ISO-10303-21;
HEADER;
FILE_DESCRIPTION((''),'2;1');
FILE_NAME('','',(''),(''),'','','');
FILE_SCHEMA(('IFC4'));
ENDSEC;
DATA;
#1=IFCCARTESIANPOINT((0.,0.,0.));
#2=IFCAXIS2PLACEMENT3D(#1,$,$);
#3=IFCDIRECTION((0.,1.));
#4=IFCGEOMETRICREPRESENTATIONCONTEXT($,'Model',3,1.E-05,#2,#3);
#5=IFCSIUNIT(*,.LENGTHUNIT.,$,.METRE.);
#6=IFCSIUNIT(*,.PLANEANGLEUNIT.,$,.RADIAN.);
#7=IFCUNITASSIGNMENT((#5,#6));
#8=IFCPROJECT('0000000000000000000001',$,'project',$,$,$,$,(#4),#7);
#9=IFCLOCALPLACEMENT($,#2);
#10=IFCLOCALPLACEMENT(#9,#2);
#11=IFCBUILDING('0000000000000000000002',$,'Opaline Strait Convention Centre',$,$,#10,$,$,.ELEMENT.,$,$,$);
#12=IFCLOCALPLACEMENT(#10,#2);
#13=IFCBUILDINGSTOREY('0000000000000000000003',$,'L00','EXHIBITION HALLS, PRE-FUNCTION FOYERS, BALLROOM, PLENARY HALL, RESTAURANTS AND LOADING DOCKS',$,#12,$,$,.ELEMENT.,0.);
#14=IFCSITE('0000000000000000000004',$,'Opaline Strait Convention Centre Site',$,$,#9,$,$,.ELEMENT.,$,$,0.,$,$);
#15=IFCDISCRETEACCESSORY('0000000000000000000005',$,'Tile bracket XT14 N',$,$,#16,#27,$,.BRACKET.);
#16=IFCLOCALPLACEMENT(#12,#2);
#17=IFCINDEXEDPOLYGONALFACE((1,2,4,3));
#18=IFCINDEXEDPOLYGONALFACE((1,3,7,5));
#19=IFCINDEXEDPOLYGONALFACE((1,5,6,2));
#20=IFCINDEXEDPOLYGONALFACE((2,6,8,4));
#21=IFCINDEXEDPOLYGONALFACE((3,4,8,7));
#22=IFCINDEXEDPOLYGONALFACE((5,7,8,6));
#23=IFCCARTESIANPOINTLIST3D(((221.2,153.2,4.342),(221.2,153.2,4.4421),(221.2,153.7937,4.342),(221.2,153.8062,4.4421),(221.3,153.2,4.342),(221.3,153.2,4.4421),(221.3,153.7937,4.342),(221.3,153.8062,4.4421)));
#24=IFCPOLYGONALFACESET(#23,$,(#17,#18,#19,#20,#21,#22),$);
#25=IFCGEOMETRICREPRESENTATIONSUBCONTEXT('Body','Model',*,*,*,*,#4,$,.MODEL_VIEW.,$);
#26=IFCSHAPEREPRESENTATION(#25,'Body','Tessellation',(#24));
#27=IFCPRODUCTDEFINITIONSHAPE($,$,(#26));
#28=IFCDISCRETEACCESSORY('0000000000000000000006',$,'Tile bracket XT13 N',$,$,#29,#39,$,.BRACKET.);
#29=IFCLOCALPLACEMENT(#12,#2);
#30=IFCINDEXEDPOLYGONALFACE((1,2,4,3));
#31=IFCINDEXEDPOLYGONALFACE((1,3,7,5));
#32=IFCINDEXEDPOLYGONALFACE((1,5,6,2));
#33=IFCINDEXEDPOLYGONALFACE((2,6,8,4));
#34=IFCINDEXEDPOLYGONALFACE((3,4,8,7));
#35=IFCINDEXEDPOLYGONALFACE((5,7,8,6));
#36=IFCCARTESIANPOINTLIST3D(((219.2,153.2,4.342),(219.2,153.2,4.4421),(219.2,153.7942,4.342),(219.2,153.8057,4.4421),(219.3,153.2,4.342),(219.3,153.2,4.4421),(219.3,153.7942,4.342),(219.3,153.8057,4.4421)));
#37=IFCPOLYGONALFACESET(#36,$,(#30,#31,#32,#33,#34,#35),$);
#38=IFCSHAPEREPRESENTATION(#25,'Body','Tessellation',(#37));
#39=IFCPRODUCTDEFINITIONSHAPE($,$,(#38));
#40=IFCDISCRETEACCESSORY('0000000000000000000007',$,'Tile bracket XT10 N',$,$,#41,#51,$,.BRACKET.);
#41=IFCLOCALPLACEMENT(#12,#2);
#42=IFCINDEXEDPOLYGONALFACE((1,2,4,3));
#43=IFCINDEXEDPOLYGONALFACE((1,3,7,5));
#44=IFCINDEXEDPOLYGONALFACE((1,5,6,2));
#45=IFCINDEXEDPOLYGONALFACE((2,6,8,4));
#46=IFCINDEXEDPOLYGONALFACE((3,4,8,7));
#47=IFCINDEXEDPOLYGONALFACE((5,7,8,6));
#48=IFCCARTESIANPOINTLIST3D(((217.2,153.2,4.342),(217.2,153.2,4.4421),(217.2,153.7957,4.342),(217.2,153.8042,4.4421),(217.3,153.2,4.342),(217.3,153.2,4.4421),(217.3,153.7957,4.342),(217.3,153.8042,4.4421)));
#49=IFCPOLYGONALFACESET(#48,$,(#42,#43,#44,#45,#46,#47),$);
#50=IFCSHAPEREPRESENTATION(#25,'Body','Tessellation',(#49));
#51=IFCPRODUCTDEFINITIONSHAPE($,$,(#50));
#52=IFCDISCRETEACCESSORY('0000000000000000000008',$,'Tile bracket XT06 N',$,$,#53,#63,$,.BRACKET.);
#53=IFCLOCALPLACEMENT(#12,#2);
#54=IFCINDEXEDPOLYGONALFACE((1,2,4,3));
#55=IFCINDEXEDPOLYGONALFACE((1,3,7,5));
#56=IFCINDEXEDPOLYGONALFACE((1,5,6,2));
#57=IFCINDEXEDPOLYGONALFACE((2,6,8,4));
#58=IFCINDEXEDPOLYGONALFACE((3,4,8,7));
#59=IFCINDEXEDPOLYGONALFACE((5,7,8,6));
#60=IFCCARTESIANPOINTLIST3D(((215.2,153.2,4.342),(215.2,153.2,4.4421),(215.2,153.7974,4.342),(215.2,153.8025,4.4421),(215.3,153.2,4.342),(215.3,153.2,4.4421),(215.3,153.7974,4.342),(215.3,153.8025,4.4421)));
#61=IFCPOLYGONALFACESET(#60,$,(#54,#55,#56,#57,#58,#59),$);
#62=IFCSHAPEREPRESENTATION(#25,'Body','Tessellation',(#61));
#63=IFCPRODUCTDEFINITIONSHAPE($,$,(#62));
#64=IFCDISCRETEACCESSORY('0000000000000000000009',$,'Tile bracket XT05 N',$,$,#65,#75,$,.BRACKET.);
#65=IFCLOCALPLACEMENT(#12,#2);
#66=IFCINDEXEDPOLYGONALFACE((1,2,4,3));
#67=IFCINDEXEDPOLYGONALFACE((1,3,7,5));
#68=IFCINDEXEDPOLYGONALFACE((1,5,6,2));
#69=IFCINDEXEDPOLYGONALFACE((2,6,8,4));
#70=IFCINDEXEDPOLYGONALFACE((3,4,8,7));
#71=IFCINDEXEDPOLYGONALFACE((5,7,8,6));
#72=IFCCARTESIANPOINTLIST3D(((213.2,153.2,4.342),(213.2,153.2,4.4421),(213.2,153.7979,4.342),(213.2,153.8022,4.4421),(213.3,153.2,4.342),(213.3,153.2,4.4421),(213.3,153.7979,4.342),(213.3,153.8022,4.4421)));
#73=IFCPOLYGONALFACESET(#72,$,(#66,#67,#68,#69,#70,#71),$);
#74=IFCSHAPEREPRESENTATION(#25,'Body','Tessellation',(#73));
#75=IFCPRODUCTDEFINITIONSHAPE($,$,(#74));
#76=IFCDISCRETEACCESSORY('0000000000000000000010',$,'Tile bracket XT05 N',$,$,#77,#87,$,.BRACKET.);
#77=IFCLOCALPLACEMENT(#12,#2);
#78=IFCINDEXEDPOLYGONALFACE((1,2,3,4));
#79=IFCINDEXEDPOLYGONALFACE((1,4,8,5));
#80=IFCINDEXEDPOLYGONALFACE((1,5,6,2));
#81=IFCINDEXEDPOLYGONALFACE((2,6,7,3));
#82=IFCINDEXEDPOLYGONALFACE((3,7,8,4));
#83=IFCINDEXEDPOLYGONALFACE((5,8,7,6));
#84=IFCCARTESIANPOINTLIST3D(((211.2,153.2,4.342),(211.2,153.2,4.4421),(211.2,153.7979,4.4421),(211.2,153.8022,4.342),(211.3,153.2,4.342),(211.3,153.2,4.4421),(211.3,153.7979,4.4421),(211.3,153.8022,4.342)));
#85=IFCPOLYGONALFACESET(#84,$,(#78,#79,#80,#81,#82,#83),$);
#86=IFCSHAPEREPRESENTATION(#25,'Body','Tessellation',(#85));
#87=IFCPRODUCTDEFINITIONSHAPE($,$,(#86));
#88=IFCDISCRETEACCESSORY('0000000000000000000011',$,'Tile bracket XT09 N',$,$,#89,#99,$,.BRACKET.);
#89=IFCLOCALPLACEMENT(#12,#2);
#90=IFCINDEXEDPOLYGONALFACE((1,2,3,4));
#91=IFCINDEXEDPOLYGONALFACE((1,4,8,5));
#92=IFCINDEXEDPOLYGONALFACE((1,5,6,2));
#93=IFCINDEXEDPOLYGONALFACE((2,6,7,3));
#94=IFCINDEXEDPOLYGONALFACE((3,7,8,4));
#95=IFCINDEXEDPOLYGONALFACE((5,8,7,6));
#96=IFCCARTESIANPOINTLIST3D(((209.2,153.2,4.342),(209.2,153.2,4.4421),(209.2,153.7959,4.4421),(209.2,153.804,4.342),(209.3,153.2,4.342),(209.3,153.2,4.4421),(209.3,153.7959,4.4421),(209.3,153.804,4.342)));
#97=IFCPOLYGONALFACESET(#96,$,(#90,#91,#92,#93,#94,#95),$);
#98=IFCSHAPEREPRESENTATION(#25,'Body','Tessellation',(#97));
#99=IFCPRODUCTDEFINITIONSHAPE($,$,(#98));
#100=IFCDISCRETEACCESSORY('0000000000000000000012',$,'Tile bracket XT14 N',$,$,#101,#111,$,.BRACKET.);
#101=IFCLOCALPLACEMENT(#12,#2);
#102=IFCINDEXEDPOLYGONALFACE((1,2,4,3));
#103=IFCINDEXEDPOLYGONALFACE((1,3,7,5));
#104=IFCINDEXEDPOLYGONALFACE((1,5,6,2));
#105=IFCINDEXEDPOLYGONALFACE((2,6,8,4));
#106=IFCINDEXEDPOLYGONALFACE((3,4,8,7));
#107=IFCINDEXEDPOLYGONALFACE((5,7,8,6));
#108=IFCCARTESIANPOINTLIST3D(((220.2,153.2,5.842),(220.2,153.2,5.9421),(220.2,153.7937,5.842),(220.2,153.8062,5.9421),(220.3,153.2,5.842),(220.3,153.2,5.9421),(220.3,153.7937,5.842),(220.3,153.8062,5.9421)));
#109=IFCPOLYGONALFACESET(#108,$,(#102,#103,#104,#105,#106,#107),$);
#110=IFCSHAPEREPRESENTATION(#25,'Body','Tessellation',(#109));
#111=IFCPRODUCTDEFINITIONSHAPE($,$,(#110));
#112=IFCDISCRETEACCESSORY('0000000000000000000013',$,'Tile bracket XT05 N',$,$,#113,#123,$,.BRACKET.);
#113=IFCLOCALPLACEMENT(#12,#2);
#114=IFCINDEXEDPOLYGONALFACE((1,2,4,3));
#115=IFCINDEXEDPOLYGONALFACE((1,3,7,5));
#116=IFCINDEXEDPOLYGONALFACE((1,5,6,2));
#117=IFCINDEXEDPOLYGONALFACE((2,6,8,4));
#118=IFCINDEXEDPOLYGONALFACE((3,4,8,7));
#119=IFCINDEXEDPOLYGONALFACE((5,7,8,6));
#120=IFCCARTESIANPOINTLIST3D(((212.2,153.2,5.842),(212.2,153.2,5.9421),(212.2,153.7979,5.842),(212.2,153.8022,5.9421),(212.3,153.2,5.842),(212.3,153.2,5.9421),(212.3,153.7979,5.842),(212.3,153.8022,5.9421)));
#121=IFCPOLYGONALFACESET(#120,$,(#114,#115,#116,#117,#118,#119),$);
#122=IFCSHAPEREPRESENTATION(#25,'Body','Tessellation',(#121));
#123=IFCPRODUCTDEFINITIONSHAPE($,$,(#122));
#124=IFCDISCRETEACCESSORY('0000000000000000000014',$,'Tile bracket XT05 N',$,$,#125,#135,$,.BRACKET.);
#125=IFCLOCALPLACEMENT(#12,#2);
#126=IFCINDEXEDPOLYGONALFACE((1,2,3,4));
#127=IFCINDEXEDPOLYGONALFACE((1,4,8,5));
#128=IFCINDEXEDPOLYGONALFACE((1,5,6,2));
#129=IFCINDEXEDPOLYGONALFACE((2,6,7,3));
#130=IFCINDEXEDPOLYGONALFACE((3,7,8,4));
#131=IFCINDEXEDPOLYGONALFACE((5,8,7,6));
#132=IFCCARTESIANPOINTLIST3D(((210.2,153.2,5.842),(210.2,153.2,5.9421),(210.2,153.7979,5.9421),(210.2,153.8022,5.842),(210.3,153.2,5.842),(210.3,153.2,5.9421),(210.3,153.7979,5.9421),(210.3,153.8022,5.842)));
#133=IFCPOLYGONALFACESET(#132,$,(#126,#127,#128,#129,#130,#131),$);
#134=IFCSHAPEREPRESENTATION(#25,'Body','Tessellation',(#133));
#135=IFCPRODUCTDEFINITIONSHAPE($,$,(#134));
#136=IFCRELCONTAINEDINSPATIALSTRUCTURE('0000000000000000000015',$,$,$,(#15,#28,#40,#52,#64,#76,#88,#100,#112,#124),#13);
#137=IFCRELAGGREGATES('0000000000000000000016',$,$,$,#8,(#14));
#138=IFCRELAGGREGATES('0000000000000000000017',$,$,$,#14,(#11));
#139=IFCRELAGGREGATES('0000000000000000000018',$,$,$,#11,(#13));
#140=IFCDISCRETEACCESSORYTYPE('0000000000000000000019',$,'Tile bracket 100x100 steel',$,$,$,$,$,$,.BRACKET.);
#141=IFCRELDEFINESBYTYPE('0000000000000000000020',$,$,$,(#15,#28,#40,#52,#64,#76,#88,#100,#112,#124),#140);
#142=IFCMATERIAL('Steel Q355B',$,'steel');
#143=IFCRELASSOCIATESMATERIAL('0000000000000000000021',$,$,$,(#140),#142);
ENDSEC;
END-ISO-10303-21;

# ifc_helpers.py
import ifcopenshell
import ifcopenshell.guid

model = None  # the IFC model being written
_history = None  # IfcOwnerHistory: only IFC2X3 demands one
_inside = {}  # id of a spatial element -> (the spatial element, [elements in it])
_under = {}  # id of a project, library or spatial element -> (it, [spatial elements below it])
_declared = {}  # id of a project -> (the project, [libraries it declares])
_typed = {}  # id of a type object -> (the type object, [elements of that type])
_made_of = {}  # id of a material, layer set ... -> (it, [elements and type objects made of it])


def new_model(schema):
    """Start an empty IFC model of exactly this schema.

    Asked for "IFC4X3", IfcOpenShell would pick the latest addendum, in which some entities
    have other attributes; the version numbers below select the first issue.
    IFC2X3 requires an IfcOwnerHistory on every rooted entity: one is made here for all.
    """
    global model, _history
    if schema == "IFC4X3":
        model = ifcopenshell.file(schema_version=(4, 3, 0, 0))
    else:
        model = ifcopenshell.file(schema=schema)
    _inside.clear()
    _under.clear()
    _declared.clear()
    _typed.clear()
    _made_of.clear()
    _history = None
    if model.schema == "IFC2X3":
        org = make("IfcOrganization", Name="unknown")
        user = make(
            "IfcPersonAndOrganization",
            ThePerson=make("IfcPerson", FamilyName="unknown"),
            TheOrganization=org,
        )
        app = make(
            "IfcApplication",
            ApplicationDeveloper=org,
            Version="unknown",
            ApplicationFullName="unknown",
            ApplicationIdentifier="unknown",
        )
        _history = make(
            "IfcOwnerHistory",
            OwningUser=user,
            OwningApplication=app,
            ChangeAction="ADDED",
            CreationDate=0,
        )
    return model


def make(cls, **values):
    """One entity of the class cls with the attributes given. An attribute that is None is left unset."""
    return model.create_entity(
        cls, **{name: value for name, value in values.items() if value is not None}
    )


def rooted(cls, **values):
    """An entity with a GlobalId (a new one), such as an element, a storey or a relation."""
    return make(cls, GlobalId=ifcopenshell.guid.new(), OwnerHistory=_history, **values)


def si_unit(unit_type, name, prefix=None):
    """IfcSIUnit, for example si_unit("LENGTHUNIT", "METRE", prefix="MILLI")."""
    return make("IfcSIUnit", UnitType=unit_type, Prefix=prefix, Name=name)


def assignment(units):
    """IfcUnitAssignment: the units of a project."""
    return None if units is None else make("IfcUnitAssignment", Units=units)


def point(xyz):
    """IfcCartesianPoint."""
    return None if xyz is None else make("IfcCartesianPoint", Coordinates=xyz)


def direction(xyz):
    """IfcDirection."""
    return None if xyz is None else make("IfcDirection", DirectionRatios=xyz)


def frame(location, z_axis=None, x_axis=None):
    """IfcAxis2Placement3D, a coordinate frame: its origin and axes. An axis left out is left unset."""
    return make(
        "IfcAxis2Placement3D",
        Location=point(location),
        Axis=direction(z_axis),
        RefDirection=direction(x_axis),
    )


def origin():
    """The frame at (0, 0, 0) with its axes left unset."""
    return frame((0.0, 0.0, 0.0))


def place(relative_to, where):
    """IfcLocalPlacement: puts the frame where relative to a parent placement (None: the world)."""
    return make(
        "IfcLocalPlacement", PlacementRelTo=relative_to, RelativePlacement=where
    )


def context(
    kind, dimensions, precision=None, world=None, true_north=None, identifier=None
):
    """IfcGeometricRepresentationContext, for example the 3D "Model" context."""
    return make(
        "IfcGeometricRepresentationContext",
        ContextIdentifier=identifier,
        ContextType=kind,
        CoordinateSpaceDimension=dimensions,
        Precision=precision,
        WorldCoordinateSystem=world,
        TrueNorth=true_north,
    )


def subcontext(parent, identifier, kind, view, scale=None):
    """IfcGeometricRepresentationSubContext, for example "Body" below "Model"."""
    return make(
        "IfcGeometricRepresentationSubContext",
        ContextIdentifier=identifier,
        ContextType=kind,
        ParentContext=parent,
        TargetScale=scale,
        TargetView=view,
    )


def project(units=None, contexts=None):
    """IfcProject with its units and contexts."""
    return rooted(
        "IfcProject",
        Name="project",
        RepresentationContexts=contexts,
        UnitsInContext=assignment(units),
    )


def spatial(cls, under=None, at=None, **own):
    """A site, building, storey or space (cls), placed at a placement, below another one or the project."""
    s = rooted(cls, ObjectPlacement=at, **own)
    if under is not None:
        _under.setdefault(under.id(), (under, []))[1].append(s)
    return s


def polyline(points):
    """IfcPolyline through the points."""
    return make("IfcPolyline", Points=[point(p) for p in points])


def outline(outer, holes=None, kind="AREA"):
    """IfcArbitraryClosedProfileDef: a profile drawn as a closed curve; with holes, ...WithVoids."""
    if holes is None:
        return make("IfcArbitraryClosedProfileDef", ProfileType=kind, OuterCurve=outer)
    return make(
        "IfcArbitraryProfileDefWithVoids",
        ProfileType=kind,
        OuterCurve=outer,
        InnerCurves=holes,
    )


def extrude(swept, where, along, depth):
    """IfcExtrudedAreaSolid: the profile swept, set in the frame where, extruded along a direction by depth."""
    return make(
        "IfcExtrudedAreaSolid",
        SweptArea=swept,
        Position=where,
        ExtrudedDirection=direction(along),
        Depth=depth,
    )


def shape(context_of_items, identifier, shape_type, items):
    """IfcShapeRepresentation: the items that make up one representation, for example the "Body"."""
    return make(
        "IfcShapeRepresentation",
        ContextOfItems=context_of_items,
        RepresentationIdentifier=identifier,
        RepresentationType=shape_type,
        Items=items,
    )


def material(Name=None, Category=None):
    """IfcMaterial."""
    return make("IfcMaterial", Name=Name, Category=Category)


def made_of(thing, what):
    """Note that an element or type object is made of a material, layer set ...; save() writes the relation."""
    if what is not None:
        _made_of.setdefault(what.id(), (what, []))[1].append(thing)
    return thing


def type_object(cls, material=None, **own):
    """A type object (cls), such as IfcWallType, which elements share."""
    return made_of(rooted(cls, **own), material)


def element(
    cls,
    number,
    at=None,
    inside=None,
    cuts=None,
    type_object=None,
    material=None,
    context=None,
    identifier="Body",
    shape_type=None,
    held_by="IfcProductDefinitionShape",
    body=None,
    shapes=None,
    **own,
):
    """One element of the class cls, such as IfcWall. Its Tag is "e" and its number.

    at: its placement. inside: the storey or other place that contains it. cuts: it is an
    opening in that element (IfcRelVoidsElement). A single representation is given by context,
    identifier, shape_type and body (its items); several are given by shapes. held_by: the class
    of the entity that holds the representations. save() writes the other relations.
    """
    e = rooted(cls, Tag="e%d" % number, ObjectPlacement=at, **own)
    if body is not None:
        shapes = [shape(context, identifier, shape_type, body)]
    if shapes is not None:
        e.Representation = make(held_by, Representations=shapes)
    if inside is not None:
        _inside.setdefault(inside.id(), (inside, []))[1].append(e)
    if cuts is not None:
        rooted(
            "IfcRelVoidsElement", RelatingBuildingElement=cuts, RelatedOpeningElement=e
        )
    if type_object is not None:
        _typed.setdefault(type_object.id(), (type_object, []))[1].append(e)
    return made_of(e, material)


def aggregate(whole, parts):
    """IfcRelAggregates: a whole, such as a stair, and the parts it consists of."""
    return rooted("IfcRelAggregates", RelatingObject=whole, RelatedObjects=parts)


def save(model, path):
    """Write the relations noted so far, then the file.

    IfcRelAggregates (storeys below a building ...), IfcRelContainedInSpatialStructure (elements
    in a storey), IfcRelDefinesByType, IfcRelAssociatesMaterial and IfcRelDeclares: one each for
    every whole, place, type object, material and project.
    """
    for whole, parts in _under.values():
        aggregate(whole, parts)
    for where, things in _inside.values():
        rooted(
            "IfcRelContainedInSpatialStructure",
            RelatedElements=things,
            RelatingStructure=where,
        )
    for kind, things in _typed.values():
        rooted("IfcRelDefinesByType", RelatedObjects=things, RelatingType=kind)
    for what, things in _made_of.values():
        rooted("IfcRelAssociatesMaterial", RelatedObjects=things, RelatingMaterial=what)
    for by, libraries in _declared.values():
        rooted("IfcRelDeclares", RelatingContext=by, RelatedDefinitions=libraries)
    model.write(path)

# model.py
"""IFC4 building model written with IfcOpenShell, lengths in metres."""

from ifc_helpers import new_model, si_unit, direction, frame, origin, place, context, subcontext, project, spatial, polyline, outline, extrude, material, type_object, element, save


model = new_model("IFC4")

# Units and contexts
model_context = context("Model", 3, precision=1e-05, world=origin(), true_north=direction((0.0, 1.0)))
body_context = subcontext(model_context, "Body", "Model", "MODEL_VIEW")
ifc_project = project(units=[si_unit("LENGTHUNIT", "METRE"), si_unit("PLANEANGLEUNIT", "RADIAN")], contexts=[model_context])

# Site, building, storey
site_placement = place(None, origin())
site = spatial("IfcSite", under=ifc_project, at=site_placement, Name="Opaline Strait Convention Centre Site", CompositionType="ELEMENT", RefElevation=0.0)
building_placement = place(site_placement, origin())
building = spatial("IfcBuilding", under=site, at=building_placement, Name="Opaline Strait Convention Centre", CompositionType="ELEMENT")
storey_placement = place(building_placement, origin())
storey = spatial("IfcBuildingStorey", under=building, at=storey_placement, Name="L00", Description="EXHIBITION HALLS, PRE-FUNCTION FOYERS, BALLROOM, PLENARY HALL, RESTAURANTS AND LOADING DOCKS", CompositionType="ELEMENT", Elevation=0.0)

# Shared definitions
ifc_material_1 = material(Name="Steel Q355B", Category="steel")

# Discrete accessories
discrete_accessory_type = type_object("IfcDiscreteAccessoryType", Name="Tile bracket 100x100 steel", PredefinedType="BRACKET", material=ifc_material_1)
discrete_accessory_1_placement = place(storey_placement, frame((221.3, 153.2, 4.3921), z_axis=(-1.0, 0.0, 0.0), x_axis=(0.0, -1.0, 0.0)))
element("IfcDiscreteAccessory", 1, at=discrete_accessory_1_placement, inside=storey, type_object=discrete_accessory_type, Name="Tile bracket XT14 N", PredefinedType="BRACKET", context=body_context, shape_type="SweptSolid", body=[
    extrude(outline(polyline([(0.0, -0.05), (0.0, 0.05), (-0.6062, 0.05), (-0.5938, -0.05), (0.0, -0.05)])), origin(), (0.0, 0.0, 1.0), 0.1001),
])
discrete_accessory_2_placement = place(storey_placement, frame((219.3, 153.2, 4.3921), z_axis=(-1.0, 0.0, 0.0), x_axis=(0.0, -1.0, 0.0)))
element("IfcDiscreteAccessory", 2, at=discrete_accessory_2_placement, inside=storey, type_object=discrete_accessory_type, Name="Tile bracket XT13 N", PredefinedType="BRACKET", context=body_context, shape_type="SweptSolid", body=[
    extrude(outline(polyline([(0.0, -0.05), (0.0, 0.05), (-0.6057, 0.05), (-0.5942, -0.05), (0.0, -0.05)])), origin(), (0.0, 0.0, 1.0), 0.1001),
])
discrete_accessory_3_placement = place(storey_placement, frame((217.3, 153.2, 4.3921), z_axis=(-1.0, 0.0, 0.0), x_axis=(0.0, -1.0, 0.0)))
element("IfcDiscreteAccessory", 3, at=discrete_accessory_3_placement, inside=storey, type_object=discrete_accessory_type, Name="Tile bracket XT10 N", PredefinedType="BRACKET", context=body_context, shape_type="SweptSolid", body=[
    extrude(outline(polyline([(0.0, -0.05), (0.0, 0.05), (-0.6042, 0.05), (-0.5957, -0.05), (0.0, -0.05)])), origin(), (0.0, 0.0, 1.0), 0.1001),
])
discrete_accessory_4_placement = place(storey_placement, frame((215.3, 153.2, 4.3921), z_axis=(-1.0, 0.0, 0.0), x_axis=(0.0, -1.0, 0.0)))
element("IfcDiscreteAccessory", 4, at=discrete_accessory_4_placement, inside=storey, type_object=discrete_accessory_type, Name="Tile bracket XT06 N", PredefinedType="BRACKET", context=body_context, shape_type="SweptSolid", body=[
    extrude(outline(polyline([(0.0, -0.05), (0.0, 0.05), (-0.6025, 0.05), (-0.5974, -0.05), (0.0, -0.05)])), origin(), (0.0, 0.0, 1.0), 0.1001),
])
discrete_accessory_5_placement = place(storey_placement, frame((213.3, 153.2, 4.3921), z_axis=(-1.0, 0.0, 0.0), x_axis=(0.0, -1.0, 0.0)))
element("IfcDiscreteAccessory", 5, at=discrete_accessory_5_placement, inside=storey, type_object=discrete_accessory_type, Name="Tile bracket XT05 N", PredefinedType="BRACKET", context=body_context, shape_type="SweptSolid", body=[
    extrude(outline(polyline([(0.0, -0.05), (0.0, 0.05), (-0.6023, 0.05), (-0.5979, -0.05), (0.0, -0.05)])), origin(), (0.0, 0.0, 1.0), 0.1001),
])
discrete_accessory_6_placement = place(storey_placement, frame((211.3, 153.2, 4.3921), z_axis=(-1.0, 0.0, 0.0), x_axis=(0.0, -1.0, 0.0)))
element("IfcDiscreteAccessory", 6, at=discrete_accessory_6_placement, inside=storey, type_object=discrete_accessory_type, Name="Tile bracket XT05 N", PredefinedType="BRACKET", context=body_context, shape_type="SweptSolid", body=[
    extrude(outline(polyline([(0.0, -0.05), (0.0, 0.05), (-0.5979, 0.05), (-0.6023, -0.05), (0.0, -0.05)])), origin(), (0.0, 0.0, 1.0), 0.1001),
])
discrete_accessory_7_placement = place(storey_placement, frame((209.3, 153.2, 4.3921), z_axis=(-1.0, 0.0, 0.0), x_axis=(0.0, -1.0, 0.0)))
element("IfcDiscreteAccessory", 7, at=discrete_accessory_7_placement, inside=storey, type_object=discrete_accessory_type, Name="Tile bracket XT09 N", PredefinedType="BRACKET", context=body_context, shape_type="SweptSolid", body=[
    extrude(outline(polyline([(0.0, -0.05), (0.0, 0.05), (-0.5959, 0.05), (-0.604, -0.05), (0.0, -0.05)])), origin(), (0.0, 0.0, 1.0), 0.1001),
])
discrete_accessory_8_placement = place(storey_placement, frame((220.3, 153.2, 5.8921), z_axis=(-1.0, 0.0, 0.0), x_axis=(0.0, -1.0, 0.0)))
element("IfcDiscreteAccessory", 8, at=discrete_accessory_8_placement, inside=storey, type_object=discrete_accessory_type, Name="Tile bracket XT14 N", PredefinedType="BRACKET", context=body_context, shape_type="SweptSolid", body=[
    extrude(outline(polyline([(0.0, -0.05), (0.0, 0.05), (-0.6062, 0.05), (-0.5938, -0.05), (0.0, -0.05)])), origin(), (0.0, 0.0, 1.0), 0.1001),
])
discrete_accessory_9_placement = place(storey_placement, frame((212.3, 153.2, 5.8921), z_axis=(-1.0, 0.0, 0.0), x_axis=(0.0, -1.0, 0.0)))
element("IfcDiscreteAccessory", 9, at=discrete_accessory_9_placement, inside=storey, type_object=discrete_accessory_type, Name="Tile bracket XT05 N", PredefinedType="BRACKET", context=body_context, shape_type="SweptSolid", body=[
    extrude(outline(polyline([(0.0, -0.05), (0.0, 0.05), (-0.6023, 0.05), (-0.5979, -0.05), (0.0, -0.05)])), origin(), (0.0, 0.0, 1.0), 0.1001),
])
discrete_accessory_10_placement = place(storey_placement, frame((210.3, 153.2, 5.8921), z_axis=(-1.0, 0.0, 0.0), x_axis=(0.0, -1.0, 0.0)))
element("IfcDiscreteAccessory", 10, at=discrete_accessory_10_placement, inside=storey, type_object=discrete_accessory_type, Name="Tile bracket XT05 N", PredefinedType="BRACKET", context=body_context, shape_type="SweptSolid", body=[
    extrude(outline(polyline([(0.0, -0.05), (0.0, 0.05), (-0.5979, 0.05), (-0.6023, -0.05), (0.0, -0.05)])), origin(), (0.0, 0.0, 1.0), 0.1001),
])

save(model, "model.ifc")
